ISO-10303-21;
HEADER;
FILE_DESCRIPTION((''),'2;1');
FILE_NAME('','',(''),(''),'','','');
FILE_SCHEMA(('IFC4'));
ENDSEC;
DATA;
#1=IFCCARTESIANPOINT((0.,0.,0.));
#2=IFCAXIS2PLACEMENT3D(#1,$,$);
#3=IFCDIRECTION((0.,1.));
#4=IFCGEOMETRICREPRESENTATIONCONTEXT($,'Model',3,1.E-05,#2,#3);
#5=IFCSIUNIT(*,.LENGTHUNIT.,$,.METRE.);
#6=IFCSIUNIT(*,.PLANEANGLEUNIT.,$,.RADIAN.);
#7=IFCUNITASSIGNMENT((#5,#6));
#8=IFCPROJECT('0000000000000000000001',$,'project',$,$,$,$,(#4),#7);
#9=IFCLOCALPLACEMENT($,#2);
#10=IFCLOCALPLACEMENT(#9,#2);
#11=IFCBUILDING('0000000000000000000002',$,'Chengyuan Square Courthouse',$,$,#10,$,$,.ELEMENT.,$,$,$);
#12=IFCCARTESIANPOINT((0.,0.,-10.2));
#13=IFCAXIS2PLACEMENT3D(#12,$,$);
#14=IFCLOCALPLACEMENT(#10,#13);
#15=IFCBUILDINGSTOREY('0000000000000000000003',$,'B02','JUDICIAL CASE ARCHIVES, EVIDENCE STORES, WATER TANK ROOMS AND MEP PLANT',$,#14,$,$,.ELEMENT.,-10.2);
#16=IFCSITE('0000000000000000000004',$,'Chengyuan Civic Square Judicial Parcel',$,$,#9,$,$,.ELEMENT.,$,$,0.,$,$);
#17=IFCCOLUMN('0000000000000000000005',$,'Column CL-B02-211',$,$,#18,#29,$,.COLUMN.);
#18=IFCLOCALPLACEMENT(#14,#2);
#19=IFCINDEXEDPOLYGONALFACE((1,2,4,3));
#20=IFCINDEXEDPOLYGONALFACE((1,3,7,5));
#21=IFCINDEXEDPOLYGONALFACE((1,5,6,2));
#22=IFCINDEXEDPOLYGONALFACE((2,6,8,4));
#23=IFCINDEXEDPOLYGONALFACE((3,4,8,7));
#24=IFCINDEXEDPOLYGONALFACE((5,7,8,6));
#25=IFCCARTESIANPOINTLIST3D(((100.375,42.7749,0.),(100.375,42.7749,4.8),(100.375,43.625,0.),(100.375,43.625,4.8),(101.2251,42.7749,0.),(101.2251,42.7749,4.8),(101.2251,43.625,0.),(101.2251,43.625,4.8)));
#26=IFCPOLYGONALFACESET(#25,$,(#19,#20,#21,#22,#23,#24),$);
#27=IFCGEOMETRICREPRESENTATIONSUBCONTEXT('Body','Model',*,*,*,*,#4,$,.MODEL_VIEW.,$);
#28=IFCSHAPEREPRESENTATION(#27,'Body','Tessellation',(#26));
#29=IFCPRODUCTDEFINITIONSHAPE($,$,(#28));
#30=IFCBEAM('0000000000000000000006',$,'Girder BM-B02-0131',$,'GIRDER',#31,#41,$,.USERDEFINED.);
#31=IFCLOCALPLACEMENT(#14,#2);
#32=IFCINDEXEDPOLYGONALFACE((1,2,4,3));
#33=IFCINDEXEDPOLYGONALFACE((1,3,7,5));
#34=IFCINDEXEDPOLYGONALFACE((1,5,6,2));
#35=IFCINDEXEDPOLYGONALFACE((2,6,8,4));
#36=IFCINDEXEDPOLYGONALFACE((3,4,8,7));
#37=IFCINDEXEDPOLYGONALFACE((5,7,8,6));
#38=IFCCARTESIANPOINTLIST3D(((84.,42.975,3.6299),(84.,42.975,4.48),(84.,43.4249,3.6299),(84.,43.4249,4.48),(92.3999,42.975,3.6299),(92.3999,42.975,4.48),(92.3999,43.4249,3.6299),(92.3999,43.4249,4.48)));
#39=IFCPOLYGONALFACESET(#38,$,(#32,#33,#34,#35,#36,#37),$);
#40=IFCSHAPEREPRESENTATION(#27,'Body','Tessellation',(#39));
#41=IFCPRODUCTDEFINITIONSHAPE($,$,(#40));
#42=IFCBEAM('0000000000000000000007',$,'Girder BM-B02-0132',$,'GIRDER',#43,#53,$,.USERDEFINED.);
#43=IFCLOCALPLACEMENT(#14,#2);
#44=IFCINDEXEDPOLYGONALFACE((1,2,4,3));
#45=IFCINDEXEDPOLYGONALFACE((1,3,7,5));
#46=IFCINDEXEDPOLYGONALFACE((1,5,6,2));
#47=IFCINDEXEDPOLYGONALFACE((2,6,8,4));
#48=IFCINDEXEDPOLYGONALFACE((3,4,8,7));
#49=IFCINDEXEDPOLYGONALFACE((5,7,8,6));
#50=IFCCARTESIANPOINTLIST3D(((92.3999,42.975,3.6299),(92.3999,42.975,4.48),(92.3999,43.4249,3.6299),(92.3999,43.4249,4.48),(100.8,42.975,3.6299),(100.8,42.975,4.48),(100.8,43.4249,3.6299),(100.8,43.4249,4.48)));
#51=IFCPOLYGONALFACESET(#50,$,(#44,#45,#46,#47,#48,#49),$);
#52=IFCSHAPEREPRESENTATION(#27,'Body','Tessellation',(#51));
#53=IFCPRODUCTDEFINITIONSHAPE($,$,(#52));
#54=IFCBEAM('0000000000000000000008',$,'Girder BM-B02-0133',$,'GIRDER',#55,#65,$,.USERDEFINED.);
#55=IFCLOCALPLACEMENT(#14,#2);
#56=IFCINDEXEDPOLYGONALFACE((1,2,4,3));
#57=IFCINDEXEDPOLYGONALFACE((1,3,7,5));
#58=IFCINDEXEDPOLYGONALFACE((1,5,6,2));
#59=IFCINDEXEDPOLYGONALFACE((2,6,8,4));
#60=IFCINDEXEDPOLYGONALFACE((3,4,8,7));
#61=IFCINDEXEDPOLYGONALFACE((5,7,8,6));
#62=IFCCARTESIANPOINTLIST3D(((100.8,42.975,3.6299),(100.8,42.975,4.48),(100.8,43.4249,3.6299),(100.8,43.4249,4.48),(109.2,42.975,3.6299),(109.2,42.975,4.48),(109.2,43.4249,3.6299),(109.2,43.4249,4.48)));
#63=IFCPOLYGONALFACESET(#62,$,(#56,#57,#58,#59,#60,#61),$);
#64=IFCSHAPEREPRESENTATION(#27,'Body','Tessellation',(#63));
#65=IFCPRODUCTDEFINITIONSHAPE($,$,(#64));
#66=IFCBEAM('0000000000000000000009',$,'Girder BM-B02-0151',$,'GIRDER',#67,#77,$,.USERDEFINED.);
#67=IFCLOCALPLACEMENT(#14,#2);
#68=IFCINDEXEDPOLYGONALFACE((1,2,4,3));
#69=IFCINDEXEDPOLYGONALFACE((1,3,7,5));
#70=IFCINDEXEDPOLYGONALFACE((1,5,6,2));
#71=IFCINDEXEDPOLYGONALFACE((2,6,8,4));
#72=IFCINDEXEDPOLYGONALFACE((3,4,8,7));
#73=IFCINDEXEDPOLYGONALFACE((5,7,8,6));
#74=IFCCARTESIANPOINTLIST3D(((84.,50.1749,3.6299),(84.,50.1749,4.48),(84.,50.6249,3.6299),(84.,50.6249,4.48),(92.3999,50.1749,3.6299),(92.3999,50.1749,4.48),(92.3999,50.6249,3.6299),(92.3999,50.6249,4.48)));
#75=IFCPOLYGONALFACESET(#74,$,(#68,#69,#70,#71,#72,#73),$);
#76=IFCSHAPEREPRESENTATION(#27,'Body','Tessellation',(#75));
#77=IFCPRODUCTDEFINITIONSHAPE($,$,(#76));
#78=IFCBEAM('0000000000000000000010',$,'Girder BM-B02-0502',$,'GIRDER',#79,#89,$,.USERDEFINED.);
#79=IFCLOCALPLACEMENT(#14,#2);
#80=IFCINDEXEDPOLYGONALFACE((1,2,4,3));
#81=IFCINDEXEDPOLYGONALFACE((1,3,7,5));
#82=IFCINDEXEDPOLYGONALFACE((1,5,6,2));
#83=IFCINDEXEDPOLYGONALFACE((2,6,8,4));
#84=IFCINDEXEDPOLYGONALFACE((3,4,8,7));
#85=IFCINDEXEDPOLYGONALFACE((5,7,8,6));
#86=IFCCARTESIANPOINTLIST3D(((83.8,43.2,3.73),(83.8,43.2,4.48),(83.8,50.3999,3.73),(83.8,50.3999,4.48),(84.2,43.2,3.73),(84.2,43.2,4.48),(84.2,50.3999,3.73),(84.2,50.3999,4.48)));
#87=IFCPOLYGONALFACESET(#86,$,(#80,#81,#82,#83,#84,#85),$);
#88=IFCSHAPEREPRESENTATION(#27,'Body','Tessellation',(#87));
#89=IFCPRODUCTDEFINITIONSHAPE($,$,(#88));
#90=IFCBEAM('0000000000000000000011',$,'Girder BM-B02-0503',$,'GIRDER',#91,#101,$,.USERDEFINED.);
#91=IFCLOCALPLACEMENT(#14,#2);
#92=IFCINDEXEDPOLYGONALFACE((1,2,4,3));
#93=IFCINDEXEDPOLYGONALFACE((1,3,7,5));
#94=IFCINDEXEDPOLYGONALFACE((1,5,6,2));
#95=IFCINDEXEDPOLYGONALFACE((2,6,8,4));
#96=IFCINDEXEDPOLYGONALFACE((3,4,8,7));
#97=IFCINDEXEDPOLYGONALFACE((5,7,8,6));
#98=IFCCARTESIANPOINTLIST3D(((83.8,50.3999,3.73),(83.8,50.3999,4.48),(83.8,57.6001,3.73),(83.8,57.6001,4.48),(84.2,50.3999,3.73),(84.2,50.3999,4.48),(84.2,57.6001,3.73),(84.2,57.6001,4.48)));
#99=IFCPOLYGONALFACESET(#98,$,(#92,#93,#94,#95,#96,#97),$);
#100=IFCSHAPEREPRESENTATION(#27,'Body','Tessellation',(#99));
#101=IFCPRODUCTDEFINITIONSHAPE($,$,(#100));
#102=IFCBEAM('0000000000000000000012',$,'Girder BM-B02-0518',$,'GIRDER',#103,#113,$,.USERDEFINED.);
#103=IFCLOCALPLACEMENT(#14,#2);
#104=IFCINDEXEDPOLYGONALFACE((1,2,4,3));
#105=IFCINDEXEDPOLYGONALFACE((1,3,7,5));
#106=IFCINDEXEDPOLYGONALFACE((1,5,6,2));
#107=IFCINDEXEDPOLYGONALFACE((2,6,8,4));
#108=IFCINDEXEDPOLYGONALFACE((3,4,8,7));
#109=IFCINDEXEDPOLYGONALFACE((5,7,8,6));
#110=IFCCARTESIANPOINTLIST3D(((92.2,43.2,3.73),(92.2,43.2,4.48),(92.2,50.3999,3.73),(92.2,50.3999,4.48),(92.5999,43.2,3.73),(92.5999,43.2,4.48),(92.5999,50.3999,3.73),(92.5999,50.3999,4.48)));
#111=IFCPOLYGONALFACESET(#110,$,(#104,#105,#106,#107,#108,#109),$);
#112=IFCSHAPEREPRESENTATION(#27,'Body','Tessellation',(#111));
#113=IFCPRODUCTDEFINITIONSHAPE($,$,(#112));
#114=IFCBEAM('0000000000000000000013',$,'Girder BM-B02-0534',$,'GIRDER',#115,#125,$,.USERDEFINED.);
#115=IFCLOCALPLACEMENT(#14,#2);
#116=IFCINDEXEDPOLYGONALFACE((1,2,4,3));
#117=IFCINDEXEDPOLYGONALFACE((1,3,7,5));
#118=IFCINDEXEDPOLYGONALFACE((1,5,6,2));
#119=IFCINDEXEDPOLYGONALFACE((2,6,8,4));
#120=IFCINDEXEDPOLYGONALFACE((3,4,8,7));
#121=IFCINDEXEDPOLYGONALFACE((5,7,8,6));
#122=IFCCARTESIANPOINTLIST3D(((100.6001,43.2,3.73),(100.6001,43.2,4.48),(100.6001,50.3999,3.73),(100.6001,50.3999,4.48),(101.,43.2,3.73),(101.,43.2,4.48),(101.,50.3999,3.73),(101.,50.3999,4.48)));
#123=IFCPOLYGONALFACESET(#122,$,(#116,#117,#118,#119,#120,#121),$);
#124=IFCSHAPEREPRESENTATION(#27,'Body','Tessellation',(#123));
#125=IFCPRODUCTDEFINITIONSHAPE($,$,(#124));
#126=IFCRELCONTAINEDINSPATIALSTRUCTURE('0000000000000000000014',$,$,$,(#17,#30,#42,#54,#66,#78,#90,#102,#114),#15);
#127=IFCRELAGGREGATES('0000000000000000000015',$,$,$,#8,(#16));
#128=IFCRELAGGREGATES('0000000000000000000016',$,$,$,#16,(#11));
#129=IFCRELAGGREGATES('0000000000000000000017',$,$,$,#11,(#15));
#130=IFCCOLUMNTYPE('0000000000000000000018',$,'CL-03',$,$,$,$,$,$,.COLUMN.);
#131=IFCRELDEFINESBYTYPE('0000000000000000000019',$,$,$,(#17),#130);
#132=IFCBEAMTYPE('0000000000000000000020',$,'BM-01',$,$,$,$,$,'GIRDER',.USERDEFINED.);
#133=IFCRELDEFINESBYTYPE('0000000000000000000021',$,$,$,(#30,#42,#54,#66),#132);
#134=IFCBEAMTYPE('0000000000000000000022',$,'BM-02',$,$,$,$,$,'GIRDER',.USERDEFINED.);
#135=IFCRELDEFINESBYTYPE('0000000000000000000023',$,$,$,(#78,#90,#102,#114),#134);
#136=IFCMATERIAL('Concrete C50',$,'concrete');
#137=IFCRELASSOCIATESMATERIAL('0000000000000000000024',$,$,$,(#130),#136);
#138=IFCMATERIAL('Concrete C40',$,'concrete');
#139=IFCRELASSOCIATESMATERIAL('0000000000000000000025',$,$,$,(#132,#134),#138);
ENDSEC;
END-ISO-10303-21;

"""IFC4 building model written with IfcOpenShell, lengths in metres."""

from ifc_helpers import new_model, si_unit, direction, frame, origin, origin_2d, place, context, subcontext, project, spatial, rectangle, extrude, material, material_profile, profile_set, type_object, element, save


model = new_model("IFC4")

# Units and contexts
model_context = context("Model", 3, precision=1e-05, world=origin(), true_north=direction((0.0, 1.0)))
body_context = subcontext(model_context, "Body", "Model", "MODEL_VIEW")
ifc_project = project(units=[si_unit("LENGTHUNIT", "METRE"), si_unit("PLANEANGLEUNIT", "RADIAN")], contexts=[model_context])

# Site, building, storey
site_placement = place(None, origin())
site = spatial("IfcSite", under=ifc_project, at=site_placement, Name="Chengyuan Civic Square Judicial Parcel", CompositionType="ELEMENT", RefElevation=0.0)
building_placement = place(site_placement, origin())
building = spatial("IfcBuilding", under=site, at=building_placement, Name="Chengyuan Square Courthouse", CompositionType="ELEMENT")
storey_placement = place(building_placement, frame((0.0, 0.0, -10.2)))
storey = spatial("IfcBuildingStorey", under=building, at=storey_placement, Name="B02", Description="JUDICIAL CASE ARCHIVES, EVIDENCE STORES, WATER TANK ROOMS AND MEP PLANT", CompositionType="ELEMENT", Elevation=-10.2)

# Shared definitions
ifc_material_1 = material(Name="Concrete C40", Category="concrete")

# Column
ifc_material_2 = material(Name="Concrete C50", Category="concrete")
ifc_material_profile_1 = material_profile(ifc_material_2, rectangle(XDim=0.8501, YDim=0.8501, at=origin_2d()), Name="RC-COL-850x850")
ifc_profile_set_1 = profile_set([ifc_material_profile_1], Name="Concrete C50")
column_type = type_object("IfcColumnType", Name="CL-03", PredefinedType="COLUMN", material=ifc_profile_set_1)
for number, where, z_axis, x_axis, name in (
    (1, (100.8, 43.2, 0.0), (0.0, 0.0, 1.0), (1.0, 0.0, 0.0), "Column CL-B02-211"),
):
    element("IfcColumn", number, at=place(storey_placement, frame(where, z_axis=z_axis, x_axis=x_axis)), inside=storey, type_object=column_type, Name=name, PredefinedType="COLUMN", context=body_context, shape_type="SweptSolid", body=[
        extrude(rectangle(XDim=0.8501, YDim=0.8501, at=origin_2d()), origin(), (0.0, 0.0, 1.0), 4.8),
    ])

# Beams
ifc_material_profile_2 = material_profile(ifc_material_1, rectangle(XDim=0.45, YDim=0.8501, at=origin_2d()), Name="RC-BM-450x850")
ifc_profile_set_2 = profile_set([ifc_material_profile_2], Name="Concrete C40")
beam_type_1 = type_object("IfcBeamType", Name="BM-01", ElementType="GIRDER", PredefinedType="USERDEFINED", material=ifc_profile_set_2)
beam_1_placement = place(storey_placement, frame((84.0, 43.2, 4.0549), z_axis=(1.0, 0.0, 0.0), x_axis=(0.0, 1.0, 0.0)))
element("IfcBeam", 2, at=beam_1_placement, inside=storey, type_object=beam_type_1, Name="Girder BM-B02-0131", ObjectType="GIRDER", PredefinedType="USERDEFINED", context=body_context, shape_type="SweptSolid", body=[
    extrude(rectangle(XDim=0.45, YDim=0.8501, at=origin_2d()), origin(), (0.0, 0.0, 1.0), 8.3999),
])
beam_2_placement = place(storey_placement, frame((92.3999, 43.2, 4.0549), z_axis=(1.0, 0.0, 0.0), x_axis=(0.0, 1.0, 0.0)))
element("IfcBeam", 3, at=beam_2_placement, inside=storey, type_object=beam_type_1, Name="Girder BM-B02-0132", ObjectType="GIRDER", PredefinedType="USERDEFINED", context=body_context, shape_type="SweptSolid", body=[
    extrude(rectangle(XDim=0.45, YDim=0.8501, at=origin_2d()), origin(), (0.0, 0.0, 1.0), 8.4001),
])
for number, where, z_axis, x_axis, name in (
    (4, (100.8, 43.2, 4.0549), (1.0, 0.0, 0.0), (0.0, 1.0, 0.0), "Girder BM-B02-0133"),
    (5, (84.0, 50.3999, 4.0549), (1.0, 0.0, 0.0), (0.0, 1.0, 0.0), "Girder BM-B02-0151"),
):
    element("IfcBeam", number, at=place(storey_placement, frame(where, z_axis=z_axis, x_axis=x_axis)), inside=storey, type_object=beam_type_1, Name=name, ObjectType="GIRDER", PredefinedType="USERDEFINED", context=body_context, shape_type="SweptSolid", body=[
        extrude(rectangle(XDim=0.45, YDim=0.8501, at=origin_2d()), origin(), (0.0, 0.0, 1.0), 8.3999),
    ])
ifc_material_profile_3 = material_profile(ifc_material_1, rectangle(XDim=0.3999, YDim=0.75, at=origin_2d()), Name="RC-BM-400x750")
ifc_profile_set_3 = profile_set([ifc_material_profile_3], Name="Concrete C40")
beam_type_2 = type_object("IfcBeamType", Name="BM-02", ElementType="GIRDER", PredefinedType="USERDEFINED", material=ifc_profile_set_3)
beam_3_placement = place(storey_placement, frame((84.0, 43.2, 4.105), z_axis=(0.0, 1.0, 0.0), x_axis=(-1.0, 0.0, 0.0)))
element("IfcBeam", 6, at=beam_3_placement, inside=storey, type_object=beam_type_2, Name="Girder BM-B02-0502", ObjectType="GIRDER", PredefinedType="USERDEFINED", context=body_context, shape_type="SweptSolid", body=[
    extrude(rectangle(XDim=0.3999, YDim=0.75, at=origin_2d()), origin(), (0.0, 0.0, 1.0), 7.2),
])
beam_4_placement = place(storey_placement, frame((84.0, 50.3999, 4.105), z_axis=(0.0, 1.0, 0.0), x_axis=(-1.0, 0.0, 0.0)))
element("IfcBeam", 7, at=beam_4_placement, inside=storey, type_object=beam_type_2, Name="Girder BM-B02-0503", ObjectType="GIRDER", PredefinedType="USERDEFINED", context=body_context, shape_type="SweptSolid", body=[
    extrude(rectangle(XDim=0.3999, YDim=0.75, at=origin_2d()), origin(), (0.0, 0.0, 1.0), 7.2002),
])
for number, where, z_axis, x_axis, name in (
    (8, (92.3999, 43.2, 4.105), (0.0, 1.0, 0.0), (-1.0, 0.0, 0.0), "Girder BM-B02-0518"),
    (9, (100.8, 43.2, 4.105), (0.0, 1.0, 0.0), (-1.0, 0.0, 0.0), "Girder BM-B02-0534"),
):
    element("IfcBeam", number, at=place(storey_placement, frame(where, z_axis=z_axis, x_axis=x_axis)), inside=storey, type_object=beam_type_2, Name=name, ObjectType="GIRDER", PredefinedType="USERDEFINED", context=body_context, shape_type="SweptSolid", body=[
        extrude(rectangle(XDim=0.3999, YDim=0.75, at=origin_2d()), origin(), (0.0, 0.0, 1.0), 7.2),
    ])

save(model, "model.ifc")
